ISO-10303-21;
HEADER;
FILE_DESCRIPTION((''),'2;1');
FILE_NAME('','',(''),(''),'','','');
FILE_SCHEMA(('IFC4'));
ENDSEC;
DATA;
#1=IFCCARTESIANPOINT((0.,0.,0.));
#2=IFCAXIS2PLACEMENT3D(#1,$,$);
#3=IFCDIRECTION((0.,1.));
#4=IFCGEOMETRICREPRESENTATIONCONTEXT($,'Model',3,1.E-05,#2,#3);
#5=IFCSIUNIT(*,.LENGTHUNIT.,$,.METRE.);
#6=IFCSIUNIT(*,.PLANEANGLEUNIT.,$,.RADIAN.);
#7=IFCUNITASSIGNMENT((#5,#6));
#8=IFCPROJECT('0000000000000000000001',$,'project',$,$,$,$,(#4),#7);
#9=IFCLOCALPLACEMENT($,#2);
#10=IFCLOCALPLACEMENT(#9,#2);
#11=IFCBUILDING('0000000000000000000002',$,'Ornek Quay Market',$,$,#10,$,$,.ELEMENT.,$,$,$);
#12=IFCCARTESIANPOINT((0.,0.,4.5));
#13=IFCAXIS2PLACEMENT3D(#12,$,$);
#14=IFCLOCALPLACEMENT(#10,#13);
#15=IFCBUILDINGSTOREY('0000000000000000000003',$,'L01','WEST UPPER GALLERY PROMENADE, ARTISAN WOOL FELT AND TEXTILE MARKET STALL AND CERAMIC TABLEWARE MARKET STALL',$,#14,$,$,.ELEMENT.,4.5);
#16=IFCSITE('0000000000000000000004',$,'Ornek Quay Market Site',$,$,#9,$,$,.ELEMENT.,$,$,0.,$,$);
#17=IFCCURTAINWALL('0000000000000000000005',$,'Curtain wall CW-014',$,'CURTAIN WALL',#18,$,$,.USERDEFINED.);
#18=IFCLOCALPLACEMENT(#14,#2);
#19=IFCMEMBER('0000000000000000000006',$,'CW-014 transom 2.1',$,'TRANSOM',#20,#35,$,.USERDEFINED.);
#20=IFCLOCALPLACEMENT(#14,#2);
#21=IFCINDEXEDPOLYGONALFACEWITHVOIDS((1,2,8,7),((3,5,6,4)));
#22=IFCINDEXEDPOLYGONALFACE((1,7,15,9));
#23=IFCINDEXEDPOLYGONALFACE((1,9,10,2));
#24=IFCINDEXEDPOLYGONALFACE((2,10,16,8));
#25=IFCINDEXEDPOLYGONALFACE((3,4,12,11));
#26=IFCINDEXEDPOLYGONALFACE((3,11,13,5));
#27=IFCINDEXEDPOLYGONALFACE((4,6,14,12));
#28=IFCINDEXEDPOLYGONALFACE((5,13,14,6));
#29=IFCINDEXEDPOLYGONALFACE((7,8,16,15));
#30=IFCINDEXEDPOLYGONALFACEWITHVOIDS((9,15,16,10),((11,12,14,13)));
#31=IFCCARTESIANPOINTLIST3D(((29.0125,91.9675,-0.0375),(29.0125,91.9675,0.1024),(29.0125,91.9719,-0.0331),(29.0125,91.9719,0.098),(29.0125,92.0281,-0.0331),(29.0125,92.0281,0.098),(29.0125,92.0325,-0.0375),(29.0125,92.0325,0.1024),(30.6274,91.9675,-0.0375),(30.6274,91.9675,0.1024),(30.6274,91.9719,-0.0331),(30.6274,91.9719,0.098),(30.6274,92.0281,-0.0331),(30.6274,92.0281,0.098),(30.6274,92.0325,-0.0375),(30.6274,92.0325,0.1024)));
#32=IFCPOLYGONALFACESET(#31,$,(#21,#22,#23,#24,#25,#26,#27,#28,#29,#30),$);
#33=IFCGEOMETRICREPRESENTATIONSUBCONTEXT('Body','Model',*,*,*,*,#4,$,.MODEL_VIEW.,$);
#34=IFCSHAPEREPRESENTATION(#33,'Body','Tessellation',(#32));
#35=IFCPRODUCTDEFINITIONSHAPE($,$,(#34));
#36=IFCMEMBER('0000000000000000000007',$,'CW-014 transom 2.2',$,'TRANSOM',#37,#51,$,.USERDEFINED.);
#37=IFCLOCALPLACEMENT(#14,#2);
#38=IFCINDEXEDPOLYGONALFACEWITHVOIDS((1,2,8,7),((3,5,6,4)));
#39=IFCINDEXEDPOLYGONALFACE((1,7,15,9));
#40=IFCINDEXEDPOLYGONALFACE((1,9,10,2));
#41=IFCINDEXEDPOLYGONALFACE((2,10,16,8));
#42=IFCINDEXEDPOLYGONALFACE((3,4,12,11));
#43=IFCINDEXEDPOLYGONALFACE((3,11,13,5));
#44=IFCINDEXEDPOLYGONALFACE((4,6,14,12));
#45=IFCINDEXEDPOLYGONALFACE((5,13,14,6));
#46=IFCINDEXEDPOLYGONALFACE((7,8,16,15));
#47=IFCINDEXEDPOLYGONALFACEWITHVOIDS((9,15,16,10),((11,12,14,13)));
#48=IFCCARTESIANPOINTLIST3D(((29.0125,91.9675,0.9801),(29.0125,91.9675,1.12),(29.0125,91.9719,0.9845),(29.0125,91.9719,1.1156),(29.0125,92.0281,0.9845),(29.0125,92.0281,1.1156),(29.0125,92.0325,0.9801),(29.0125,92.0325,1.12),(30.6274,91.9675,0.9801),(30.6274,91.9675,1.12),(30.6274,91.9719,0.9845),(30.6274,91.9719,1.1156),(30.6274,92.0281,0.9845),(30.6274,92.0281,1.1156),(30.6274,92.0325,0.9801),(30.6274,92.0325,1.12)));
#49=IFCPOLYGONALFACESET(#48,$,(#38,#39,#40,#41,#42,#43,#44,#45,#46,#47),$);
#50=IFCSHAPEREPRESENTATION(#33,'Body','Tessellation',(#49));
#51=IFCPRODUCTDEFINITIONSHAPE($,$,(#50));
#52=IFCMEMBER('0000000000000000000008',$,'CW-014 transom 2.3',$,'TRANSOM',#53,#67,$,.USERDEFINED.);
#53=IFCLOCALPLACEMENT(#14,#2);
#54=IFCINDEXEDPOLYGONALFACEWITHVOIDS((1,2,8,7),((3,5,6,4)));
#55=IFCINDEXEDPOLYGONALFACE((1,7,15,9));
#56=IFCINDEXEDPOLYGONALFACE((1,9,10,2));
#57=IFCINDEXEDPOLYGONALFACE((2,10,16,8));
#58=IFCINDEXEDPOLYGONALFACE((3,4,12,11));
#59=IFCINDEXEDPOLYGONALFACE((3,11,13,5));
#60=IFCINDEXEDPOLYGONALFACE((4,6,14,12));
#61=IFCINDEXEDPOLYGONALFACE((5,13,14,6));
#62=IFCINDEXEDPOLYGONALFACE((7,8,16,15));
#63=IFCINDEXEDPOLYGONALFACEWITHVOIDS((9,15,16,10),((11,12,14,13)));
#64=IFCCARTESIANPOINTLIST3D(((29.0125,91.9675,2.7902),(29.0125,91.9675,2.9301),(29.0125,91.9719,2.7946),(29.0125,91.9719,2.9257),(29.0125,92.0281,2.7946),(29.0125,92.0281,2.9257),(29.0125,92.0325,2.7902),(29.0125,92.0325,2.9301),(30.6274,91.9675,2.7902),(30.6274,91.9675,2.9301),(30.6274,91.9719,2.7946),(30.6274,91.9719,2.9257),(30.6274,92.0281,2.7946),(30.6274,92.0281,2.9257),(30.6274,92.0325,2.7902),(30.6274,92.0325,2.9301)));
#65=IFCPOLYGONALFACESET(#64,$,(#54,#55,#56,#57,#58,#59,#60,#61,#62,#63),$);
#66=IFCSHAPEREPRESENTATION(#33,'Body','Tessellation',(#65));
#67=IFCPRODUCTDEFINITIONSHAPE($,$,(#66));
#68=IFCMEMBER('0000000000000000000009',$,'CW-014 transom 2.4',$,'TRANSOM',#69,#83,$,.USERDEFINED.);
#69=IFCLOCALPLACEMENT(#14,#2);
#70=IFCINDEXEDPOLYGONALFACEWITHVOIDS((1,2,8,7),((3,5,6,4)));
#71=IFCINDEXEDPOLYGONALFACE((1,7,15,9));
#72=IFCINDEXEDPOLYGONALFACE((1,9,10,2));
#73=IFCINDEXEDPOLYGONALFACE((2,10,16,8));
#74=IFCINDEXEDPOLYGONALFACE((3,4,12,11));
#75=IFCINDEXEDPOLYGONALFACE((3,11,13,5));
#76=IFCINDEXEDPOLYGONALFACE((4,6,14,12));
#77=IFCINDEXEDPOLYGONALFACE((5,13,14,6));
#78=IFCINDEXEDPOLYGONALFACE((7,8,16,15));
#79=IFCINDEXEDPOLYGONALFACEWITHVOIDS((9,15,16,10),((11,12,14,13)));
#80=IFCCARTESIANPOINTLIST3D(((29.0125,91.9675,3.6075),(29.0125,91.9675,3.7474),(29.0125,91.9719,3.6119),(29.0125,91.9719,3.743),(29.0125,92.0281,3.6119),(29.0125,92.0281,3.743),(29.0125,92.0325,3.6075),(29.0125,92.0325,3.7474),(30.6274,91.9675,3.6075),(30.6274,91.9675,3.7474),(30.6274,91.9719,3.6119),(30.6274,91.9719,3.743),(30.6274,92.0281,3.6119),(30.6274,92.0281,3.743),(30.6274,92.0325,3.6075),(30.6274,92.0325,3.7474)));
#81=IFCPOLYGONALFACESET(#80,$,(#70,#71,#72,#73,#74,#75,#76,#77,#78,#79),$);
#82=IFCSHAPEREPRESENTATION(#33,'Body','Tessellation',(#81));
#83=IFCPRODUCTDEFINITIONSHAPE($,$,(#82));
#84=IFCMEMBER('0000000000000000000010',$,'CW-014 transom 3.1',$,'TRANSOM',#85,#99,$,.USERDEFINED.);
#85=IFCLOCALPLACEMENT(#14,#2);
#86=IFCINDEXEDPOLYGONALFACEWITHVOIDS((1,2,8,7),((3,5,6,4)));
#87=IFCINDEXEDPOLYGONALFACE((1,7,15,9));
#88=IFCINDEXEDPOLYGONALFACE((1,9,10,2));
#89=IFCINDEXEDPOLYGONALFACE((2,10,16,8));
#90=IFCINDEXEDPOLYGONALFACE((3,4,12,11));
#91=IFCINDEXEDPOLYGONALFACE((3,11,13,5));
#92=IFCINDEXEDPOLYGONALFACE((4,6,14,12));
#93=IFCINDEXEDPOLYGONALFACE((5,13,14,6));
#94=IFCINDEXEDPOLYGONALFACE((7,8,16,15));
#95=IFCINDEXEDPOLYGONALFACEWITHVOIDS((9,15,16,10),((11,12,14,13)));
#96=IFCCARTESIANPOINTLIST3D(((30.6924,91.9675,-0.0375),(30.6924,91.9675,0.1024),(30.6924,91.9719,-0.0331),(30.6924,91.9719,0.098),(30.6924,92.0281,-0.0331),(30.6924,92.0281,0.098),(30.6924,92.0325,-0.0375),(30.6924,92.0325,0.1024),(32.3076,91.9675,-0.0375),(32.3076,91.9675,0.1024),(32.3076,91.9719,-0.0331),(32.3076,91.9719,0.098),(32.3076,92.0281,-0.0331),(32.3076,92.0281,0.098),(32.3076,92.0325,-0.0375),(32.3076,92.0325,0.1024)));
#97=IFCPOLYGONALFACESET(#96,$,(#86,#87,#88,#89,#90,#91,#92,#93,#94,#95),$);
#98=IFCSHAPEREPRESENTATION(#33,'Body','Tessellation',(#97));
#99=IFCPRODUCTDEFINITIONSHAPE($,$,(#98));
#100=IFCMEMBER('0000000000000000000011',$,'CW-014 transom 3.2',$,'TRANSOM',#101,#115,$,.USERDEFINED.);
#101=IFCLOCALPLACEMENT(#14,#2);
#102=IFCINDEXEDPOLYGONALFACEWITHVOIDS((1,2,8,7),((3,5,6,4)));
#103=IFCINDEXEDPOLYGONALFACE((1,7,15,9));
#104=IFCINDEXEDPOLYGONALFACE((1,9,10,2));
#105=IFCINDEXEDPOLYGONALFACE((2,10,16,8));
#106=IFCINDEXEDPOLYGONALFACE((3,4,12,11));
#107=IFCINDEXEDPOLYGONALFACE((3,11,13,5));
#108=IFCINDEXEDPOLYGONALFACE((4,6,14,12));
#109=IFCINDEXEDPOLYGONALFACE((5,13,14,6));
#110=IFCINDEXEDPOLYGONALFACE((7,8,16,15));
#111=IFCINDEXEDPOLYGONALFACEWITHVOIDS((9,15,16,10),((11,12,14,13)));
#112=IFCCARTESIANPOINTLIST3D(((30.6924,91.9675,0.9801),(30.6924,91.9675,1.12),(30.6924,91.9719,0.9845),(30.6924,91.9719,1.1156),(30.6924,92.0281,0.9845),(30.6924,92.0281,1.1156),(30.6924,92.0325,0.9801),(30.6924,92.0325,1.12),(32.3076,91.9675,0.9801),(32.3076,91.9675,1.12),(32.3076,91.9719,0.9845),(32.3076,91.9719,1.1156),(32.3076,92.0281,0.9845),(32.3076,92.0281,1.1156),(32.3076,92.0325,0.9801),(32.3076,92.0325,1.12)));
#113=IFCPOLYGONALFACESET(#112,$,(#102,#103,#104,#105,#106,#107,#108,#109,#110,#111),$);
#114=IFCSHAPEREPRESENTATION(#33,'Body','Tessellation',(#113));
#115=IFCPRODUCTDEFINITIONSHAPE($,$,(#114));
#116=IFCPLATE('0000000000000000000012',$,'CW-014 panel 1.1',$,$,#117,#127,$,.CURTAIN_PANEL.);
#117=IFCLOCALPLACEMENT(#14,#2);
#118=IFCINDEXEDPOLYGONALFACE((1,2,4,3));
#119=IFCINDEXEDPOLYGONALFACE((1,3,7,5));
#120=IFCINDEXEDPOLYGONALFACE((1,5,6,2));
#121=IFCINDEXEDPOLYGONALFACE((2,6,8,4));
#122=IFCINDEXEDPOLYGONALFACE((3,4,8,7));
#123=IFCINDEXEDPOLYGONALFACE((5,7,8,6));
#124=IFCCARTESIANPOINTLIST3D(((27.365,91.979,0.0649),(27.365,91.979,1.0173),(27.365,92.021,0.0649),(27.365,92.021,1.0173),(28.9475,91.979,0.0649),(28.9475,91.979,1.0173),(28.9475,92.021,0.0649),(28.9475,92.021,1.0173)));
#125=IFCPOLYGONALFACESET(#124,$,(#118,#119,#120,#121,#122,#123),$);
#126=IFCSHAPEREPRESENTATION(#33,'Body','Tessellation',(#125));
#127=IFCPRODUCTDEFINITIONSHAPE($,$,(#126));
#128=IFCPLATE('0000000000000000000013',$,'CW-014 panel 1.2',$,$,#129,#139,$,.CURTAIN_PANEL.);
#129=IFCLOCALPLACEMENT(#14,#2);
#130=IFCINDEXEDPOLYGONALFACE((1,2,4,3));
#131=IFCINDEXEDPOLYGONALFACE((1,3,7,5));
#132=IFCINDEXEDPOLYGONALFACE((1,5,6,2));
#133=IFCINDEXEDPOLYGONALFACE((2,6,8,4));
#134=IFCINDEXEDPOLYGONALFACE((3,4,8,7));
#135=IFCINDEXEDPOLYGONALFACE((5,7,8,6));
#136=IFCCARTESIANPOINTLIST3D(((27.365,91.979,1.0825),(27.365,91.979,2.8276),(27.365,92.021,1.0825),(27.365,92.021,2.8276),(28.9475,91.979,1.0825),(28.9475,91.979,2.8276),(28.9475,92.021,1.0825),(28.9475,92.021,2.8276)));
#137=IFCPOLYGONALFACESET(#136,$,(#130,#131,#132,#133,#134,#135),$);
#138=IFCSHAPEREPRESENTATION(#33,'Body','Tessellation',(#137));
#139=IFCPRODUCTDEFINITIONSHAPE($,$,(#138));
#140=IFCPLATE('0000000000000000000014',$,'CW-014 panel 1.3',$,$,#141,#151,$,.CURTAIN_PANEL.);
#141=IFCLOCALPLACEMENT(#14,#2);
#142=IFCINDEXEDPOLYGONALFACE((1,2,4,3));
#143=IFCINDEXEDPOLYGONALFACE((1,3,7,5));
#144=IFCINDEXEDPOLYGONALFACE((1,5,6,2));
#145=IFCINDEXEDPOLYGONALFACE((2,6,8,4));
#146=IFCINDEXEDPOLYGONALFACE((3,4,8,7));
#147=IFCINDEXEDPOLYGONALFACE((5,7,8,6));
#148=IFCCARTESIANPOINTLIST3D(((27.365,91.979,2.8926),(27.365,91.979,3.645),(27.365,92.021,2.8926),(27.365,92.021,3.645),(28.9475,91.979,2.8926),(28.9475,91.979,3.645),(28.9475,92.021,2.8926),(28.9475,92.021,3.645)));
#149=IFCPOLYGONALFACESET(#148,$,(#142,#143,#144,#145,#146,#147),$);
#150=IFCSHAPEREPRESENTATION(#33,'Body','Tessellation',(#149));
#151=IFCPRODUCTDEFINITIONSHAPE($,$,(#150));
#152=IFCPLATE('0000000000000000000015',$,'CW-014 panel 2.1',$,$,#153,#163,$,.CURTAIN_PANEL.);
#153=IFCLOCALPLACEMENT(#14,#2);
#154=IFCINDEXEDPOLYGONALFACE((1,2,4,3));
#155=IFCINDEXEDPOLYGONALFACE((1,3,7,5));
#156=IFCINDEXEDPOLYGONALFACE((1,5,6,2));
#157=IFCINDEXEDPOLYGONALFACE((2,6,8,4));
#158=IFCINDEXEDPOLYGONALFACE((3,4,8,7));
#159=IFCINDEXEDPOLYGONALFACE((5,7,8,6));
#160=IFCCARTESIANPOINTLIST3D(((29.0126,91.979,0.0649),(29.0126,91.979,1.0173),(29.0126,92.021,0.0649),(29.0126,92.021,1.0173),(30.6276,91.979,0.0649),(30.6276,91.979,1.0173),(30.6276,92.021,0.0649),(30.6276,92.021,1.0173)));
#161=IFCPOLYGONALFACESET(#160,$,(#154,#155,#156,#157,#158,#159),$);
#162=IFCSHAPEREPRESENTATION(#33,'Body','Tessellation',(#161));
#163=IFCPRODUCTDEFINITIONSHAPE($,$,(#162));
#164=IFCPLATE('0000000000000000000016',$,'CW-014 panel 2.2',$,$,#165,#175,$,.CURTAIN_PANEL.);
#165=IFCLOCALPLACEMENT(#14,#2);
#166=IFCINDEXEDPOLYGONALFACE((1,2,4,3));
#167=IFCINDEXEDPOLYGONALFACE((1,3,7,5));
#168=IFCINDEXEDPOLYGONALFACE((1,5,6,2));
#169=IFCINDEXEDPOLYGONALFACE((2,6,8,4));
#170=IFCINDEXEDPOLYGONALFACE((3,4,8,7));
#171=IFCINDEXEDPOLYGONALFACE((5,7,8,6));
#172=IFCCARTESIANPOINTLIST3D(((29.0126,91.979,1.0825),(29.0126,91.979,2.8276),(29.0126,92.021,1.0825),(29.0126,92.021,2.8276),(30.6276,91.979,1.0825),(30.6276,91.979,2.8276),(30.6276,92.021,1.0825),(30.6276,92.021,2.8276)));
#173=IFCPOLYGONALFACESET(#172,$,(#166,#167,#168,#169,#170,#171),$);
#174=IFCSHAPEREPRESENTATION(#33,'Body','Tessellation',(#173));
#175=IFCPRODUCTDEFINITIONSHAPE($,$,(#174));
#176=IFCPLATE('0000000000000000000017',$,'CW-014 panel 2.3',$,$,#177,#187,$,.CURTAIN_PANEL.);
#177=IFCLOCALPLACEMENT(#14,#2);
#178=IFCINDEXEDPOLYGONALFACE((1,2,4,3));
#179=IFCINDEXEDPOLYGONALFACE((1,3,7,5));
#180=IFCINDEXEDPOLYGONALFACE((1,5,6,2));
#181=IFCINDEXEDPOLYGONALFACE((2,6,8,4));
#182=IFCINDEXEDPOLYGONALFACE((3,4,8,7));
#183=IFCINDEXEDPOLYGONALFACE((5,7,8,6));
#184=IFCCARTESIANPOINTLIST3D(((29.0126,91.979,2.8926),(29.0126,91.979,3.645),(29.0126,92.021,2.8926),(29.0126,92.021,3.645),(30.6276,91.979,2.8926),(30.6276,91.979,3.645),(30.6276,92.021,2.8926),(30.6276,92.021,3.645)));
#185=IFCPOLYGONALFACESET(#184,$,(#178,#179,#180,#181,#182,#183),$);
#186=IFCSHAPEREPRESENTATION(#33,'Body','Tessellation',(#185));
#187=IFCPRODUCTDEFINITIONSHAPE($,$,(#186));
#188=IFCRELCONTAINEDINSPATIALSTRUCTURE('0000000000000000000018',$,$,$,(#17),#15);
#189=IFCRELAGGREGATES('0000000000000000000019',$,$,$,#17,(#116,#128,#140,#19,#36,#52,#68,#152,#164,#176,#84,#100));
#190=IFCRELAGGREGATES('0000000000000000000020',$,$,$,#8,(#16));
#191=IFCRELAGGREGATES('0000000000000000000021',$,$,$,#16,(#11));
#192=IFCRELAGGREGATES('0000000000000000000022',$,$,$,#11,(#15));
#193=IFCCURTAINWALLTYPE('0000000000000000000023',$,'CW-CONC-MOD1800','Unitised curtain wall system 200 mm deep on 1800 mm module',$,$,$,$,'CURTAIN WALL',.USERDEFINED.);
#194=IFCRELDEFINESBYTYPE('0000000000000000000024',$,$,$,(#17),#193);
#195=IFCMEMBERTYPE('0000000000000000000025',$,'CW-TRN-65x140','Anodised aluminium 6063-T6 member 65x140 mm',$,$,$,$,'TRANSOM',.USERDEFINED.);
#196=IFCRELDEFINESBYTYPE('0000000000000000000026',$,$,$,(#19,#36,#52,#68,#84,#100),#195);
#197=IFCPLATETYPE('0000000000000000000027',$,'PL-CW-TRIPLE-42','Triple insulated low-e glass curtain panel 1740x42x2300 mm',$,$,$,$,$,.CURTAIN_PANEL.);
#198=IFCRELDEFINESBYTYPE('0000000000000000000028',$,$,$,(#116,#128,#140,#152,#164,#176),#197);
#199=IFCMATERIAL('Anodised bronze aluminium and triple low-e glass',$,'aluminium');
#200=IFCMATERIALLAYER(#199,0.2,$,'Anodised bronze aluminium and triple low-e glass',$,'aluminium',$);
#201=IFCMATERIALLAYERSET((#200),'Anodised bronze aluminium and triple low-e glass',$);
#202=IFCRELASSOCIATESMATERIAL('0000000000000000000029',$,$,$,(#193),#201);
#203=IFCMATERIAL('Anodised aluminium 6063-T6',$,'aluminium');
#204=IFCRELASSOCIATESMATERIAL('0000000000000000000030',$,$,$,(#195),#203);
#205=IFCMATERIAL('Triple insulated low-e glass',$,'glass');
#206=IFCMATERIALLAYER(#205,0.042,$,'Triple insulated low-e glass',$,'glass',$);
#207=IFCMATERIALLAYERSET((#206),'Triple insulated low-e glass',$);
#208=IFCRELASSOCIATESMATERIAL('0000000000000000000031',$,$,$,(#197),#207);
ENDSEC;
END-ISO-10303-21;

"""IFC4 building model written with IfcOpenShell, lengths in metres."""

from ifc_helpers import new_model, si_unit, direction, frame, origin, origin_2d, place, context, subcontext, project, spatial, rectangle, hollow_rectangle, extrude, material, layer, layer_set, material_profile, profile_set, type_object, element, aggregate, save


model = new_model("IFC4")

# Units and contexts
model_context = context("Model", 3, precision=1e-05, world=origin(), true_north=direction((0.0, 1.0)))
body_context = subcontext(model_context, "Body", "Model", "MODEL_VIEW")
ifc_project = project(units=[si_unit("LENGTHUNIT", "METRE"), si_unit("PLANEANGLEUNIT", "RADIAN")], contexts=[model_context])

# Site, building, storey
site_placement = place(None, origin())
site = spatial("IfcSite", under=ifc_project, at=site_placement, Name="Ornek Quay Market Site", CompositionType="ELEMENT", RefElevation=0.0)
building_placement = place(site_placement, origin())
building = spatial("IfcBuilding", under=site, at=building_placement, Name="Ornek Quay Market", CompositionType="ELEMENT")
storey_placement = place(building_placement, frame((0.0, 0.0, 4.5)))
storey = spatial("IfcBuildingStorey", under=building, at=storey_placement, Name="L01", Description="WEST UPPER GALLERY PROMENADE, ARTISAN WOOL FELT AND TEXTILE MARKET STALL AND CERAMIC TABLEWARE MARKET STALL", CompositionType="ELEMENT", Elevation=4.5)

# Curtain wall, members, plates
ifc_material_1 = material(Name="Anodised bronze aluminium and triple low-e glass", Category="aluminium")
ifc_layer_1 = layer(ifc_material_1, 0.2, Name="Anodised bronze aluminium and triple low-e glass", Category="aluminium")
ifc_layer_set_1 = layer_set([ifc_layer_1], Name="Anodised bronze aluminium and triple low-e glass")
curtain_wall_type = type_object("IfcCurtainWallType", Name="CW-CONC-MOD1800", Description="Unitised curtain wall system 200 mm deep on 1800 mm module", ElementType="CURTAIN WALL", PredefinedType="USERDEFINED", material=ifc_layer_set_1)
curtain_wall_placement = place(storey_placement, origin())
curtain_wall = element("IfcCurtainWall", 1, at=curtain_wall_placement, inside=storey, type_object=curtain_wall_type, Name="Curtain wall CW-014", ObjectType="CURTAIN WALL", PredefinedType="USERDEFINED")
ifc_material_2 = material(Name="Anodised aluminium 6063-T6", Category="aluminium")
ifc_material_profile_1 = material_profile(ifc_material_2, hollow_rectangle(XDim=0.0649, YDim=0.1399, WallThickness=0.0044, at=origin_2d()), Name="CW-TRN-65x140", Category="aluminium")
ifc_profile_set_1 = profile_set([ifc_material_profile_1], Name="Anodised aluminium 6063-T6")
member_type_1 = type_object("IfcMemberType", Name="CW-TRN-65x140", Description="Anodised aluminium 6063-T6 member 65x140 mm", ElementType="TRANSOM", PredefinedType="USERDEFINED", material=ifc_profile_set_1)
member_1_placement = place(storey_placement, frame((29.0125, 92.0, 0.0325), z_axis=(1.0, 0.0, 0.0), x_axis=(0.0, 1.0, 0.0)))
member_1 = element("IfcMember", 2, at=member_1_placement, type_object=member_type_1, Name="CW-014 transom 2.1", ObjectType="TRANSOM", PredefinedType="USERDEFINED", context=body_context, shape_type="SweptSolid", body=[
    extrude(hollow_rectangle(XDim=0.0649, YDim=0.1399, WallThickness=0.0044, at=origin_2d()), origin(), (0.0, 0.0, 1.0), 1.615),
])
member_2_placement = place(storey_placement, frame((29.0125, 92.0, 1.05), z_axis=(1.0, 0.0, 0.0), x_axis=(0.0, 1.0, 0.0)))
member_2 = element("IfcMember", 3, at=member_2_placement, type_object=member_type_1, Name="CW-014 transom 2.2", ObjectType="TRANSOM", PredefinedType="USERDEFINED", context=body_context, shape_type="SweptSolid", body=[
    extrude(hollow_rectangle(XDim=0.0649, YDim=0.1399, WallThickness=0.0044, at=origin_2d()), origin(), (0.0, 0.0, 1.0), 1.615),
])
member_3_placement = place(storey_placement, frame((29.0125, 92.0, 2.8601), z_axis=(1.0, 0.0, 0.0), x_axis=(0.0, 1.0, 0.0)))
member_3 = element("IfcMember", 4, at=member_3_placement, type_object=member_type_1, Name="CW-014 transom 2.3", ObjectType="TRANSOM", PredefinedType="USERDEFINED", context=body_context, shape_type="SweptSolid", body=[
    extrude(hollow_rectangle(XDim=0.0649, YDim=0.1399, WallThickness=0.0044, at=origin_2d()), origin(), (0.0, 0.0, 1.0), 1.615),
])
member_4_placement = place(storey_placement, frame((29.0125, 92.0, 3.6775), z_axis=(1.0, 0.0, 0.0), x_axis=(0.0, 1.0, 0.0)))
member_4 = element("IfcMember", 5, at=member_4_placement, type_object=member_type_1, Name="CW-014 transom 2.4", ObjectType="TRANSOM", PredefinedType="USERDEFINED", context=body_context, shape_type="SweptSolid", body=[
    extrude(hollow_rectangle(XDim=0.0649, YDim=0.1399, WallThickness=0.0044, at=origin_2d()), origin(), (0.0, 0.0, 1.0), 1.615),
])
member_5_placement = place(storey_placement, frame((30.6924, 92.0, 0.0325), z_axis=(1.0, 0.0, 0.0), x_axis=(0.0, 1.0, 0.0)))
member_5 = element("IfcMember", 6, at=member_5_placement, type_object=member_type_1, Name="CW-014 transom 3.1", ObjectType="TRANSOM", PredefinedType="USERDEFINED", context=body_context, shape_type="SweptSolid", body=[
    extrude(hollow_rectangle(XDim=0.0649, YDim=0.1399, WallThickness=0.0044, at=origin_2d()), origin(), (0.0, 0.0, 1.0), 1.6152),
])
member_6_placement = place(storey_placement, frame((30.6924, 92.0, 1.05), z_axis=(1.0, 0.0, 0.0), x_axis=(0.0, 1.0, 0.0)))
member_6 = element("IfcMember", 7, at=member_6_placement, type_object=member_type_1, Name="CW-014 transom 3.2", ObjectType="TRANSOM", PredefinedType="USERDEFINED", context=body_context, shape_type="SweptSolid", body=[
    extrude(hollow_rectangle(XDim=0.0649, YDim=0.1399, WallThickness=0.0044, at=origin_2d()), origin(), (0.0, 0.0, 1.0), 1.6152),
])
ifc_material_3 = material(Name="Triple insulated low-e glass", Category="glass")
ifc_layer_2 = layer(ifc_material_3, 0.042, Name="Triple insulated low-e glass", Category="glass")
ifc_layer_set_2 = layer_set([ifc_layer_2], Name="Triple insulated low-e glass")
plate_type = type_object("IfcPlateType", Name="PL-CW-TRIPLE-42", Description="Triple insulated low-e glass curtain panel 1740x42x2300 mm", PredefinedType="CURTAIN_PANEL", material=ifc_layer_set_2)
plate_1_placement = place(storey_placement, frame((28.1562, 92.0, 0.0649), z_axis=(0.0, 0.0, 1.0), x_axis=(1.0, 0.0, 0.0)))
plate_1 = element("IfcPlate", 8, at=plate_1_placement, type_object=plate_type, Name="CW-014 panel 1.1", PredefinedType="CURTAIN_PANEL", context=body_context, shape_type="SweptSolid", body=[
    extrude(rectangle(XDim=1.5825, YDim=0.042, at=origin_2d()), origin(), (0.0, 0.0, 1.0), 0.9524),
])
plate_2_placement = place(storey_placement, frame((28.1562, 92.0, 1.0825), z_axis=(0.0, 0.0, 1.0), x_axis=(1.0, 0.0, 0.0)))
plate_2 = element("IfcPlate", 9, at=plate_2_placement, type_object=plate_type, Name="CW-014 panel 1.2", PredefinedType="CURTAIN_PANEL", context=body_context, shape_type="SweptSolid", body=[
    extrude(rectangle(XDim=1.5825, YDim=0.042, at=origin_2d()), origin(), (0.0, 0.0, 1.0), 1.7451),
])
plate_3_placement = place(storey_placement, frame((28.1562, 92.0, 2.8926), z_axis=(0.0, 0.0, 1.0), x_axis=(1.0, 0.0, 0.0)))
plate_3 = element("IfcPlate", 10, at=plate_3_placement, type_object=plate_type, Name="CW-014 panel 1.3", PredefinedType="CURTAIN_PANEL", context=body_context, shape_type="SweptSolid", body=[
    extrude(rectangle(XDim=1.5825, YDim=0.042, at=origin_2d()), origin(), (0.0, 0.0, 1.0), 0.7524),
])
plate_4_placement = place(storey_placement, frame((29.8201, 92.0, 0.0649), z_axis=(0.0, 0.0, 1.0), x_axis=(1.0, 0.0, 0.0)))
plate_4 = element("IfcPlate", 11, at=plate_4_placement, type_object=plate_type, Name="CW-014 panel 2.1", PredefinedType="CURTAIN_PANEL", context=body_context, shape_type="SweptSolid", body=[
    extrude(rectangle(XDim=1.615, YDim=0.042, at=origin_2d()), origin(), (0.0, 0.0, 1.0), 0.9524),
])
plate_5_placement = place(storey_placement, frame((29.8201, 92.0, 1.0825), z_axis=(0.0, 0.0, 1.0), x_axis=(1.0, 0.0, 0.0)))
plate_5 = element("IfcPlate", 12, at=plate_5_placement, type_object=plate_type, Name="CW-014 panel 2.2", PredefinedType="CURTAIN_PANEL", context=body_context, shape_type="SweptSolid", body=[
    extrude(rectangle(XDim=1.615, YDim=0.042, at=origin_2d()), origin(), (0.0, 0.0, 1.0), 1.7451),
])
plate_6_placement = place(storey_placement, frame((29.8201, 92.0, 2.8926), z_axis=(0.0, 0.0, 1.0), x_axis=(1.0, 0.0, 0.0)))
plate_6 = element("IfcPlate", 13, at=plate_6_placement, type_object=plate_type, Name="CW-014 panel 2.3", PredefinedType="CURTAIN_PANEL", context=body_context, shape_type="SweptSolid", body=[
    extrude(rectangle(XDim=1.615, YDim=0.042, at=origin_2d()), origin(), (0.0, 0.0, 1.0), 0.7524),
])
aggregate(curtain_wall, [plate_1, plate_2, plate_3, member_1, member_2, member_3, member_4, plate_4, plate_5, plate_6, member_5, member_6])

save(model, "model.ifc")
